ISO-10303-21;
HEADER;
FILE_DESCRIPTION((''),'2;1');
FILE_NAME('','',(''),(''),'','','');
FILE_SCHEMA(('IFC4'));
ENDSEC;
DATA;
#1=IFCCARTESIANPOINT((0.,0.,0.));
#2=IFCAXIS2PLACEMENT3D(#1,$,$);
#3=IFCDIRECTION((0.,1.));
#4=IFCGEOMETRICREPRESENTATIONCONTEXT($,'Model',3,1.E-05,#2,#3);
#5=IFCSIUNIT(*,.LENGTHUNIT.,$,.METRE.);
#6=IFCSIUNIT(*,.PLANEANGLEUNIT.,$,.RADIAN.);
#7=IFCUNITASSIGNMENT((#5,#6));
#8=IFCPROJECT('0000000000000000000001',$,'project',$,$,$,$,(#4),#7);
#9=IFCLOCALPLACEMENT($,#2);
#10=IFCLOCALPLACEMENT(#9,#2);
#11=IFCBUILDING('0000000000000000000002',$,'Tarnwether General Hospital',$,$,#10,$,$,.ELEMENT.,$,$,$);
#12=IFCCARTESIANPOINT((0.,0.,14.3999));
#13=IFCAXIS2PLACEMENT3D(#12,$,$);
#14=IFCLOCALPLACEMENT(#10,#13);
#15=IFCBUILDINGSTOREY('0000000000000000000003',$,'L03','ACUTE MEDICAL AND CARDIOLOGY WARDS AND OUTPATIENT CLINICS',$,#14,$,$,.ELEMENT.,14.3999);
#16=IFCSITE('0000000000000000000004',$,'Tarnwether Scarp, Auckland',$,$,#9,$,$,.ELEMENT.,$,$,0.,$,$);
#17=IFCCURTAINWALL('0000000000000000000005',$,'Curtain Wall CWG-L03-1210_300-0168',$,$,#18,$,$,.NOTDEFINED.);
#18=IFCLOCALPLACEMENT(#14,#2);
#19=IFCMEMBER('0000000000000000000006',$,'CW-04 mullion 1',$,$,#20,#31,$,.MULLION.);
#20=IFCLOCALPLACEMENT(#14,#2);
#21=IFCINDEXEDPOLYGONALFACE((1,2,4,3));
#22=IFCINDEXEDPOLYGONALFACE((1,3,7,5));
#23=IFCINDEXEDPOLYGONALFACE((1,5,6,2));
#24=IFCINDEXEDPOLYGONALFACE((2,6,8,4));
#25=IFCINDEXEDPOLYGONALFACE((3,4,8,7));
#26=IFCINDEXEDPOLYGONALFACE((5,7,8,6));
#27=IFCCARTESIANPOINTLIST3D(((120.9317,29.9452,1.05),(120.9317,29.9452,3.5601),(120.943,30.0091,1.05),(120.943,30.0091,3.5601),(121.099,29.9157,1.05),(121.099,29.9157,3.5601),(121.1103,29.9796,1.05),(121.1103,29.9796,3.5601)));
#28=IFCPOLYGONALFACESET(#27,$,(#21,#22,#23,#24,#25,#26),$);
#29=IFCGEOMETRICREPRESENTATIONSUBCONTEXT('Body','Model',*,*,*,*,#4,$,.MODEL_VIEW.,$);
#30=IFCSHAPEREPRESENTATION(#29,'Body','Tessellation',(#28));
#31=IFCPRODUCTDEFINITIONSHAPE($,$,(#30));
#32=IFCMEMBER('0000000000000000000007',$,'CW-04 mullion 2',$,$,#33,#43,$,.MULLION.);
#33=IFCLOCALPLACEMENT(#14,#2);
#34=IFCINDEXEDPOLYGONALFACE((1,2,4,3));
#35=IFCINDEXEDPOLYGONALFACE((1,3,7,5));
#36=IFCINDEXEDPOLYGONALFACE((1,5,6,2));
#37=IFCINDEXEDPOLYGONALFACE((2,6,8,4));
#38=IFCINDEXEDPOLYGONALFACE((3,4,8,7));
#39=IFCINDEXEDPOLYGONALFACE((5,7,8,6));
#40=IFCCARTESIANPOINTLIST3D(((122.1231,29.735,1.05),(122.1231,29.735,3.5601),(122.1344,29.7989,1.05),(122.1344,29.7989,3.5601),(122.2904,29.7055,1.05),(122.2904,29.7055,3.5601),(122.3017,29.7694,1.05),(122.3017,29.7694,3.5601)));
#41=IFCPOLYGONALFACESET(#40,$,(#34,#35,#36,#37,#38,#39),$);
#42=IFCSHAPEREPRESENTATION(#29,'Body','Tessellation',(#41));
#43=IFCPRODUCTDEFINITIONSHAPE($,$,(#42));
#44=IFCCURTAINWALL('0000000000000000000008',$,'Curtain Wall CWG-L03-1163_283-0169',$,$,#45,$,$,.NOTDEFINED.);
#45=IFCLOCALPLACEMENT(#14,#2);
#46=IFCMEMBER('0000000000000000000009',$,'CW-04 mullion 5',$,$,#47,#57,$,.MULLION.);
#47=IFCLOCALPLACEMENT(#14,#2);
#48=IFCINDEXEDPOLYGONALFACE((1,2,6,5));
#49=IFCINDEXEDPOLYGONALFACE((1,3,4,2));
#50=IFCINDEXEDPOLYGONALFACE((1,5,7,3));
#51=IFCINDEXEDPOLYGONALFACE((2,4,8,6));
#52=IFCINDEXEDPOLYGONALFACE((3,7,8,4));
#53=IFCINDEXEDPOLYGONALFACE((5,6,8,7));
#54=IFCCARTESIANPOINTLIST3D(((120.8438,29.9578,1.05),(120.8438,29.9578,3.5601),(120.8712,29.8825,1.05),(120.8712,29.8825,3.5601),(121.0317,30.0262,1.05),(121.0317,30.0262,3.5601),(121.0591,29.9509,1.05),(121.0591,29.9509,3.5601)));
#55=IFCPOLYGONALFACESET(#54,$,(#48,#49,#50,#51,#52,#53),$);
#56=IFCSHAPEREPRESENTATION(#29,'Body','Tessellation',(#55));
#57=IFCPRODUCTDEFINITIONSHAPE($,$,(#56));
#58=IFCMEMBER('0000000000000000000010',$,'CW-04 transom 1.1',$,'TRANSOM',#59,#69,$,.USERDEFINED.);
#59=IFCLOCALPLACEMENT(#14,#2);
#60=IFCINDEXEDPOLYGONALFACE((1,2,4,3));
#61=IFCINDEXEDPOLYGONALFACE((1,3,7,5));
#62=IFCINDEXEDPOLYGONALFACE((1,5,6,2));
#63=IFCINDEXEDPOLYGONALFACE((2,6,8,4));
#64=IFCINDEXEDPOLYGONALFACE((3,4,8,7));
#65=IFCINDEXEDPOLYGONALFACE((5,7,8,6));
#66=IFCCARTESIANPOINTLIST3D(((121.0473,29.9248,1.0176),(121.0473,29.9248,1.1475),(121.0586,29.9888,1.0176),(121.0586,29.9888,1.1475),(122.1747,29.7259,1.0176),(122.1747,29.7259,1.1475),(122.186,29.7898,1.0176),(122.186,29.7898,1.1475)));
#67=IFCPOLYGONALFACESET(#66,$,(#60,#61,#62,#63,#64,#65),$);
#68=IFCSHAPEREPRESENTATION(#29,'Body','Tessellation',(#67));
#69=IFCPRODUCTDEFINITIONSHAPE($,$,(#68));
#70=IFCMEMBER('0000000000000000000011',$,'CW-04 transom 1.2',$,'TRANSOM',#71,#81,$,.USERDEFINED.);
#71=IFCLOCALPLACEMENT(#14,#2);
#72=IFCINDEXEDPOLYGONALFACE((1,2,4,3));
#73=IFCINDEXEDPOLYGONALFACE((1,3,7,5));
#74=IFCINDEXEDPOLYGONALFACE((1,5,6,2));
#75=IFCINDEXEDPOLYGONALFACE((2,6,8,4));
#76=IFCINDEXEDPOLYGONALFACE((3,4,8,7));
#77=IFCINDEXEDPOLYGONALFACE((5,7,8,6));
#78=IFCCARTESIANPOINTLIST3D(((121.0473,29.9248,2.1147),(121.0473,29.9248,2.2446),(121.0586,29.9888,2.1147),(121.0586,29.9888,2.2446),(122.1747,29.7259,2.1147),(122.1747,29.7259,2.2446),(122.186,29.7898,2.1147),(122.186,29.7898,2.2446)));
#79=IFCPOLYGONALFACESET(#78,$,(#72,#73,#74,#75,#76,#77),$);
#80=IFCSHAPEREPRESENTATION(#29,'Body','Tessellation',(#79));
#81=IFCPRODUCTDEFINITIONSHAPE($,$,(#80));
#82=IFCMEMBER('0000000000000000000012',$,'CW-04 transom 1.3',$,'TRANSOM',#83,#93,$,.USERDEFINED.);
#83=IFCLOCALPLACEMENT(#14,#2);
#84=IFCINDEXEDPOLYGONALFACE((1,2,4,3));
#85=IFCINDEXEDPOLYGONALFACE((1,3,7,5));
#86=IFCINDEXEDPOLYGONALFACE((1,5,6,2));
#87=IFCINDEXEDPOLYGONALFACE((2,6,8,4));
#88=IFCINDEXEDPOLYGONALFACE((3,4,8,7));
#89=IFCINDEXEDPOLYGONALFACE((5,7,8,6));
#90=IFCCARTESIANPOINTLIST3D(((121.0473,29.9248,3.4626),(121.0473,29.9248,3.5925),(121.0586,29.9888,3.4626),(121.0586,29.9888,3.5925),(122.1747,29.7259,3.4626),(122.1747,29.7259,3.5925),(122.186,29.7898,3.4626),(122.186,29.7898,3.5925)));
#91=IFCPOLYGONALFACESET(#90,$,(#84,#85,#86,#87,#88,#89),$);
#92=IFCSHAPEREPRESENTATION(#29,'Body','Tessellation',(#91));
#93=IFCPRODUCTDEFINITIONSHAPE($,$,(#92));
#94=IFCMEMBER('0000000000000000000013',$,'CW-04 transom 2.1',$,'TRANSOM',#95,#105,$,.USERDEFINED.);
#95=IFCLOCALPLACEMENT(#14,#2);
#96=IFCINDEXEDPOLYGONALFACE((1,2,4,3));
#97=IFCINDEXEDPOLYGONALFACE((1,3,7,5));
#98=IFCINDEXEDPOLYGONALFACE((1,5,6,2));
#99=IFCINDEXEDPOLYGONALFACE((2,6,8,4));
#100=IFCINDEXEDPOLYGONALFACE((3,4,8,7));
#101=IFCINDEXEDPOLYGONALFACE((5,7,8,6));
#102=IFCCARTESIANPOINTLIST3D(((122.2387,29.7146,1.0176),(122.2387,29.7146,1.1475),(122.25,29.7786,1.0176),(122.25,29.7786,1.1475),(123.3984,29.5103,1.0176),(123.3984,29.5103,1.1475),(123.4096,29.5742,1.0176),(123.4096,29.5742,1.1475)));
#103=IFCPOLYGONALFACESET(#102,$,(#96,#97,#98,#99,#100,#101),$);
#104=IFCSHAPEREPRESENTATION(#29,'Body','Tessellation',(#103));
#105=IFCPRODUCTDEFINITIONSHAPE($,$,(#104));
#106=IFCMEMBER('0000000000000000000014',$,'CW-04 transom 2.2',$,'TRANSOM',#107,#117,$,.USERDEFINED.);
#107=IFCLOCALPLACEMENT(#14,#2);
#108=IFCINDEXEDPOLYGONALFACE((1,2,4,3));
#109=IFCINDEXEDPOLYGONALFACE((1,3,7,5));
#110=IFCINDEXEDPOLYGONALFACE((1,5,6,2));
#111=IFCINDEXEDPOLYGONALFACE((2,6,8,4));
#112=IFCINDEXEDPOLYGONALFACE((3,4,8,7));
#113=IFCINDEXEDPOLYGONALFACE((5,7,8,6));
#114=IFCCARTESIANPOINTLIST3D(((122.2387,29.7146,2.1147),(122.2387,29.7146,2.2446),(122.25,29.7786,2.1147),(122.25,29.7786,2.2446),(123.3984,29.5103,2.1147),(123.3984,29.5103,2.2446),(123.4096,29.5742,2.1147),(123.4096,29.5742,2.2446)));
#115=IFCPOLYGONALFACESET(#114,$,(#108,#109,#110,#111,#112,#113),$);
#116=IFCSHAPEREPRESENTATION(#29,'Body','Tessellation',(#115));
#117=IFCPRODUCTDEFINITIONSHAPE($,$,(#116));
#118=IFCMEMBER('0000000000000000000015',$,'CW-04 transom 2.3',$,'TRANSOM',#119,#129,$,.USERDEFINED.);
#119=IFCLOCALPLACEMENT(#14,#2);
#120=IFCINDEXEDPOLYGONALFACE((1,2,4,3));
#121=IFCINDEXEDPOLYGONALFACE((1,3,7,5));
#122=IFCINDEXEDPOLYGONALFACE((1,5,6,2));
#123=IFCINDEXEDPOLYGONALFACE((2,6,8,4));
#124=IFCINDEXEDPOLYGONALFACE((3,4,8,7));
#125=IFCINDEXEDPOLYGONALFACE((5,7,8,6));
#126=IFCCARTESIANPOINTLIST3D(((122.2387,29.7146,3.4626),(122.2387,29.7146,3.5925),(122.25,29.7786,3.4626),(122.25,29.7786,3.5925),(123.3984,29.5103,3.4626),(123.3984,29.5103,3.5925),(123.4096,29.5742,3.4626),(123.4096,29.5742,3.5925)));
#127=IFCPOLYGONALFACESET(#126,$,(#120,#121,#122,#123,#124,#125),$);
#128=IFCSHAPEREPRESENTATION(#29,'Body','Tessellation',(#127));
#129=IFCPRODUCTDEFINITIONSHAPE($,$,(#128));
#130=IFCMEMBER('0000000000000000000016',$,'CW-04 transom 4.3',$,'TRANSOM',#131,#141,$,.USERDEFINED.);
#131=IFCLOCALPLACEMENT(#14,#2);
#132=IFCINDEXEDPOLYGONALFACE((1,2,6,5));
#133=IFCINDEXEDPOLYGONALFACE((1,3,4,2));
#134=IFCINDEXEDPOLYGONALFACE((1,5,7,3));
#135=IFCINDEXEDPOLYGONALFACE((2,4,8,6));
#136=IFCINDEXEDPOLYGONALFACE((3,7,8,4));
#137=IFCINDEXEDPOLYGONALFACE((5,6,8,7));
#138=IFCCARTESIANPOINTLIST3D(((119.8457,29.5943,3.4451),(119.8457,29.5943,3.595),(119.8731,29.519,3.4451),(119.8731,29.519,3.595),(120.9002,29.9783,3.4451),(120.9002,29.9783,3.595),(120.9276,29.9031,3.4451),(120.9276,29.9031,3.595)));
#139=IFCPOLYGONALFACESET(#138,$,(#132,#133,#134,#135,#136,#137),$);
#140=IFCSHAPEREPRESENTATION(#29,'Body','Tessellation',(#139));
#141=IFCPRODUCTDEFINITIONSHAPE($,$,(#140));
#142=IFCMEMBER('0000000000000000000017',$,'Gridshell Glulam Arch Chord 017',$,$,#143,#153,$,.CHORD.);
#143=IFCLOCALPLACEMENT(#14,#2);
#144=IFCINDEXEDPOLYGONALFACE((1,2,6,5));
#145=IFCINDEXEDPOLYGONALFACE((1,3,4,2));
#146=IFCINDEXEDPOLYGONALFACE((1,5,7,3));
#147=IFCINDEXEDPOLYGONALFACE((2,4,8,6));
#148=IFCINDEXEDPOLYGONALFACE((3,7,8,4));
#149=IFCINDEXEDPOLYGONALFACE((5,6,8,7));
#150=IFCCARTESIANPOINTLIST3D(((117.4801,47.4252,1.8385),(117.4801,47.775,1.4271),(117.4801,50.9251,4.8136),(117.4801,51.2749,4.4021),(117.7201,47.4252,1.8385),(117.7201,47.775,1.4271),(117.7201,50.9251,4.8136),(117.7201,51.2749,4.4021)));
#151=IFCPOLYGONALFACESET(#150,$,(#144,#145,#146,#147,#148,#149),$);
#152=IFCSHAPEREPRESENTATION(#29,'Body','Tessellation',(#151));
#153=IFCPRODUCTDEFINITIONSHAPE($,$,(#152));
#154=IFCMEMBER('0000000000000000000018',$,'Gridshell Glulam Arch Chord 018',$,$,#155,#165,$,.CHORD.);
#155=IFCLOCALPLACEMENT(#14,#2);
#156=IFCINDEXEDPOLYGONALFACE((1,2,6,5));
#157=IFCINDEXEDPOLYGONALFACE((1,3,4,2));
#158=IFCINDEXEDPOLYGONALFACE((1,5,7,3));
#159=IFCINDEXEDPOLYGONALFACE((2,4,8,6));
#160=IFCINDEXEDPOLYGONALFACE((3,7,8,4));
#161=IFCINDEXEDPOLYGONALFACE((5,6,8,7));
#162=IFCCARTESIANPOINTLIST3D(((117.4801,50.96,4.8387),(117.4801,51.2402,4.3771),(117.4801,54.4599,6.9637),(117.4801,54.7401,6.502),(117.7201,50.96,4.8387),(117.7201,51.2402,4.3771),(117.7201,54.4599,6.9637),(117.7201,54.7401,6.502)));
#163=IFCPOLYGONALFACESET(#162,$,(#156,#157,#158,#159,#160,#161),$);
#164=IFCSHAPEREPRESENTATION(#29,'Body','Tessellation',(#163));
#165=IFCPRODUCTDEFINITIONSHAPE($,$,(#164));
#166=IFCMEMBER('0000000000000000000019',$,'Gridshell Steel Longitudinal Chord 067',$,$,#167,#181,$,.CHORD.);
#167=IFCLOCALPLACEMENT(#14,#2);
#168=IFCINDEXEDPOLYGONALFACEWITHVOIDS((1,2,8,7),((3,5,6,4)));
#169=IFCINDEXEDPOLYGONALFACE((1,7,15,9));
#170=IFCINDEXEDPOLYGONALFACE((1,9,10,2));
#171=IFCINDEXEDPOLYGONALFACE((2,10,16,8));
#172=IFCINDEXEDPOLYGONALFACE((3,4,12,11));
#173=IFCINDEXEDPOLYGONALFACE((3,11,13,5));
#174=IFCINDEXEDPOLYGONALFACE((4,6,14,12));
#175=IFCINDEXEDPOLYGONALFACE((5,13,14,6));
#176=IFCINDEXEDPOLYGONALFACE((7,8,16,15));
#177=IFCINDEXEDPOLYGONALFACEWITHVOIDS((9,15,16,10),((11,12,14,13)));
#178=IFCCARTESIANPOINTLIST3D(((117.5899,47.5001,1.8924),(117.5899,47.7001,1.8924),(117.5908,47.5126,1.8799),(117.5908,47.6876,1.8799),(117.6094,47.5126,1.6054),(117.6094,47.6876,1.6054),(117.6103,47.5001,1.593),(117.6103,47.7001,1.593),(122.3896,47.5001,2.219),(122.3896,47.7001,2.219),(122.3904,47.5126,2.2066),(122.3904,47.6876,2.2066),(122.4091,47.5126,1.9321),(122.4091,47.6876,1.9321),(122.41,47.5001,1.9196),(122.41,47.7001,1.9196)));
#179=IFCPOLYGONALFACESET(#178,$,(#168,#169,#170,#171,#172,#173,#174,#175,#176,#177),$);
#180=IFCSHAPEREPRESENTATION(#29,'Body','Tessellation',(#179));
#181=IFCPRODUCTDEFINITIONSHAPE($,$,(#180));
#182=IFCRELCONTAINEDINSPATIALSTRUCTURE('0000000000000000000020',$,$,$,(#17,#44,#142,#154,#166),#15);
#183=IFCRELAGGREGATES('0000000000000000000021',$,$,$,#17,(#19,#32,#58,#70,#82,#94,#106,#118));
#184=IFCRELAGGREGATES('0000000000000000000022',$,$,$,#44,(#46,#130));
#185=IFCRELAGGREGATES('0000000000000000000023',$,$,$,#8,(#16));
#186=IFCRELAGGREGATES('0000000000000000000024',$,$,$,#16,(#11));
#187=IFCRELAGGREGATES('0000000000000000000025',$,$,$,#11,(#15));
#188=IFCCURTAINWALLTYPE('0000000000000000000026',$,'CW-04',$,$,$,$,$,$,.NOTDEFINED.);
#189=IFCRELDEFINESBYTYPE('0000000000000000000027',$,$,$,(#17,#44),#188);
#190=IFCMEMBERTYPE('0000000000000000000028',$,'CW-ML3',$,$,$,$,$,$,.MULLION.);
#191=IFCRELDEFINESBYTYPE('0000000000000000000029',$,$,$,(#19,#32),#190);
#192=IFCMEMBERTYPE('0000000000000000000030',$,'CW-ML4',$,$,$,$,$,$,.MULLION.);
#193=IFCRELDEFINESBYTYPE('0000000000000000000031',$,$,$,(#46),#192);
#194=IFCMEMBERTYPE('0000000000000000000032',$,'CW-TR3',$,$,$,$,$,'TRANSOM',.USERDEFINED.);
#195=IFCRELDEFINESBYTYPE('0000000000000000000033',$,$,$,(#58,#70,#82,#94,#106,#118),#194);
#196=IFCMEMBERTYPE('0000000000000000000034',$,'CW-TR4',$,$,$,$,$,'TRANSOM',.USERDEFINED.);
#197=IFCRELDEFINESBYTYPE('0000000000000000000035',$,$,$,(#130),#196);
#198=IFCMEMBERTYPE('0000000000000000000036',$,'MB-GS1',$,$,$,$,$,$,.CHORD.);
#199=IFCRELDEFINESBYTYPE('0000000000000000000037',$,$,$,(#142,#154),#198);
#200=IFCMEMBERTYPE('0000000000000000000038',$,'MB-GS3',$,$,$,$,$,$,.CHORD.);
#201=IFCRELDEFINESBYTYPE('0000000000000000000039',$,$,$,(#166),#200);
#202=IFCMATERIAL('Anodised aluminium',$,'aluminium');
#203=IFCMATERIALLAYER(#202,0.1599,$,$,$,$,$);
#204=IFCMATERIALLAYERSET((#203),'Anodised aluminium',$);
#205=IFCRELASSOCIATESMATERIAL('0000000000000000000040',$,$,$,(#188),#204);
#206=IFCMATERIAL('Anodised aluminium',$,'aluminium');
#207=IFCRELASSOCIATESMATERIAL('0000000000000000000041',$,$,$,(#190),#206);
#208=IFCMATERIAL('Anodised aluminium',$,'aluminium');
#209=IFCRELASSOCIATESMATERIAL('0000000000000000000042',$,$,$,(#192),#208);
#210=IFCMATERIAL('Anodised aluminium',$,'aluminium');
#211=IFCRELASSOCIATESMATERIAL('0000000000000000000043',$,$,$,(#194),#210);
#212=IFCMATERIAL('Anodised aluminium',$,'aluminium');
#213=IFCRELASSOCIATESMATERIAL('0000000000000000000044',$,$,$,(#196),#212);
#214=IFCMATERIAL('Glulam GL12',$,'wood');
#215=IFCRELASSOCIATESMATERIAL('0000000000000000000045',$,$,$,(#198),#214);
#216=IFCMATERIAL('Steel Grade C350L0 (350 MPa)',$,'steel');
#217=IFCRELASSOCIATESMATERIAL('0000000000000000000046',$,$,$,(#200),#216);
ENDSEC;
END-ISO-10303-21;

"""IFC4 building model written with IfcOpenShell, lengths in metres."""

from ifc_helpers import new_model, si_unit, direction, frame, origin, origin_2d, place, context, subcontext, project, spatial, rectangle, hollow_rectangle, extrude, material, layer, layer_set, material_profile, profile_set, type_object, element, aggregate, save


model = new_model("IFC4")

# Units and contexts
model_context = context("Model", 3, precision=1e-05, world=origin(), true_north=direction((0.0, 1.0)))
body_context = subcontext(model_context, "Body", "Model", "MODEL_VIEW")
ifc_project = project(units=[si_unit("LENGTHUNIT", "METRE"), si_unit("PLANEANGLEUNIT", "RADIAN")], contexts=[model_context])

# Site, building, storey
site_placement = place(None, origin())
site = spatial("IfcSite", under=ifc_project, at=site_placement, Name="Tarnwether Scarp, Auckland", CompositionType="ELEMENT", RefElevation=0.0)
building_placement = place(site_placement, origin())
building = spatial("IfcBuilding", under=site, at=building_placement, Name="Tarnwether General Hospital", CompositionType="ELEMENT")
storey_placement = place(building_placement, frame((0.0, 0.0, 14.3999)))
storey = spatial("IfcBuildingStorey", under=building, at=storey_placement, Name="L03", Description="ACUTE MEDICAL AND CARDIOLOGY WARDS AND OUTPATIENT CLINICS", CompositionType="ELEMENT", Elevation=14.3999)

# Curtain wall, members
ifc_material_1 = material(Name="Anodised aluminium", Category="aluminium")
ifc_layer_1 = layer(ifc_material_1, 0.1599)
ifc_layer_set_1 = layer_set([ifc_layer_1], Name="Anodised aluminium")
curtain_wall_type = type_object("IfcCurtainWallType", Name="CW-04", PredefinedType="NOTDEFINED", material=ifc_layer_set_1)
curtain_wall_1_placement = place(storey_placement, origin())
curtain_wall_1 = element("IfcCurtainWall", 1, at=curtain_wall_1_placement, inside=storey, type_object=curtain_wall_type, Name="Curtain Wall CWG-L03-1210_300-0168", PredefinedType="NOTDEFINED")
ifc_material_2 = material(Name="Anodised aluminium", Category="aluminium")
ifc_material_profile_1 = material_profile(ifc_material_2, rectangle(XDim=0.0649, YDim=0.1699, at=origin_2d()), Name="ALU-MUL-65x170")
ifc_profile_set_1 = profile_set([ifc_material_profile_1], Name="Anodised aluminium")
member_type_1 = type_object("IfcMemberType", Name="CW-ML3", PredefinedType="MULLION", material=ifc_profile_set_1)
member_1_placement = place(storey_placement, frame((121.021, 29.9624, 1.05), z_axis=(0.0, 0.0, 1.0), x_axis=(0.173659, 0.984806, 0.0)))
member_1 = element("IfcMember", 2, at=member_1_placement, type_object=member_type_1, Name="CW-04 mullion 1", PredefinedType="MULLION", context=body_context, shape_type="SweptSolid", body=[
    extrude(rectangle(XDim=0.0649, YDim=0.1699, at=origin_2d()), origin(), (0.0, 0.0, 1.0), 2.51),
])
member_2_placement = place(storey_placement, frame((122.2124, 29.7522, 1.05), z_axis=(0.0, 0.0, 1.0), x_axis=(0.173659, 0.984806, 0.0)))
member_2 = element("IfcMember", 3, at=member_2_placement, type_object=member_type_1, Name="CW-04 mullion 2", PredefinedType="MULLION", context=body_context, shape_type="SweptSolid", body=[
    extrude(rectangle(XDim=0.0649, YDim=0.1699, at=origin_2d()), origin(), (0.0, 0.0, 1.0), 2.51),
])

# Curtain wall, member
curtain_wall_2_placement = place(storey_placement, origin())
curtain_wall_2 = element("IfcCurtainWall", 4, at=curtain_wall_2_placement, inside=storey, type_object=curtain_wall_type, Name="Curtain Wall CWG-L03-1163_283-0169", PredefinedType="NOTDEFINED")
ifc_material_3 = material(Name="Anodised aluminium", Category="aluminium")
ifc_material_profile_2 = material_profile(ifc_material_3, rectangle(XDim=0.0801, YDim=0.2, at=origin_2d()), Name="ALU-MUL-80x200")
ifc_profile_set_2 = profile_set([ifc_material_profile_2], Name="Anodised aluminium")
member_type_2 = type_object("IfcMemberType", Name="CW-ML4", PredefinedType="MULLION", material=ifc_profile_set_2)
member_3_placement = place(storey_placement, frame((120.9514, 29.9543, 1.05), z_axis=(0.0, 0.0, 1.0), x_axis=(-0.342131, 0.939652, 0.0)))
member_3 = element("IfcMember", 5, at=member_3_placement, type_object=member_type_2, Name="CW-04 mullion 5", PredefinedType="MULLION", context=body_context, shape_type="SweptSolid", body=[
    extrude(rectangle(XDim=0.0801, YDim=0.2, at=origin_2d()), origin(), (0.0, 0.0, 1.0), 2.51),
])

# Members
ifc_material_4 = material(Name="Anodised aluminium", Category="aluminium")
ifc_material_profile_3 = material_profile(ifc_material_4, rectangle(XDim=0.0649, YDim=0.1299, at=origin_2d()), Name="ALU-TRN-65x130")
ifc_profile_set_3 = profile_set([ifc_material_profile_3], Name="Anodised aluminium")
member_type_3 = type_object("IfcMemberType", Name="CW-TR3", ElementType="TRANSOM", PredefinedType="USERDEFINED", material=ifc_profile_set_3)
member_4_placement = place(storey_placement, frame((121.053, 29.9568, 1.0825), z_axis=(0.984781, -0.173797, 0.0), x_axis=(0.173797, 0.984781, 0.0)))
member_4 = element("IfcMember", 6, at=member_4_placement, type_object=member_type_3, Name="CW-04 transom 1.1", ObjectType="TRANSOM", PredefinedType="USERDEFINED", context=body_context, shape_type="SweptSolid", body=[
    extrude(rectangle(XDim=0.0649, YDim=0.1299, at=origin_2d()), origin(), (0.0, 0.0, 1.0), 1.1448),
])
member_5_placement = place(storey_placement, frame((121.053, 29.9568, 2.1797), z_axis=(0.984781, -0.173797, 0.0), x_axis=(0.173797, 0.984781, 0.0)))
member_5 = element("IfcMember", 7, at=member_5_placement, type_object=member_type_3, Name="CW-04 transom 1.2", ObjectType="TRANSOM", PredefinedType="USERDEFINED", context=body_context, shape_type="SweptSolid", body=[
    extrude(rectangle(XDim=0.0649, YDim=0.1299, at=origin_2d()), origin(), (0.0, 0.0, 1.0), 1.1448),
])
member_6_placement = place(storey_placement, frame((121.053, 29.9568, 3.5276), z_axis=(0.984781, -0.173797, 0.0), x_axis=(0.173797, 0.984781, 0.0)))
member_6 = element("IfcMember", 8, at=member_6_placement, type_object=member_type_3, Name="CW-04 transom 1.3", ObjectType="TRANSOM", PredefinedType="USERDEFINED", context=body_context, shape_type="SweptSolid", body=[
    extrude(rectangle(XDim=0.0649, YDim=0.1299, at=origin_2d()), origin(), (0.0, 0.0, 1.0), 1.1448),
])
member_7_placement = place(storey_placement, frame((122.2444, 29.7466, 1.0825), z_axis=(0.984827, -0.173537, 0.0), x_axis=(0.173537, 0.984827, 0.0)))
member_7 = element("IfcMember", 9, at=member_7_placement, type_object=member_type_3, Name="CW-04 transom 2.1", ObjectType="TRANSOM", PredefinedType="USERDEFINED", context=body_context, shape_type="SweptSolid", body=[
    extrude(rectangle(XDim=0.0649, YDim=0.1299, at=origin_2d()), origin(), (0.0, 0.0, 1.0), 1.1775),
])
member_8_placement = place(storey_placement, frame((122.2444, 29.7466, 2.1797), z_axis=(0.984827, -0.173537, 0.0), x_axis=(0.173537, 0.984827, 0.0)))
member_8 = element("IfcMember", 10, at=member_8_placement, type_object=member_type_3, Name="CW-04 transom 2.2", ObjectType="TRANSOM", PredefinedType="USERDEFINED", context=body_context, shape_type="SweptSolid", body=[
    extrude(rectangle(XDim=0.0649, YDim=0.1299, at=origin_2d()), origin(), (0.0, 0.0, 1.0), 1.1775),
])
member_9_placement = place(storey_placement, frame((122.2444, 29.7466, 3.5276), z_axis=(0.984827, -0.173537, 0.0), x_axis=(0.173537, 0.984827, 0.0)))
member_9 = element("IfcMember", 11, at=member_9_placement, type_object=member_type_3, Name="CW-04 transom 2.3", ObjectType="TRANSOM", PredefinedType="USERDEFINED", context=body_context, shape_type="SweptSolid", body=[
    extrude(rectangle(XDim=0.0649, YDim=0.1299, at=origin_2d()), origin(), (0.0, 0.0, 1.0), 1.1775),
])
ifc_material_5 = material(Name="Anodised aluminium", Category="aluminium")
ifc_material_profile_4 = material_profile(ifc_material_5, rectangle(XDim=0.0801, YDim=0.1499, at=origin_2d()), Name="ALU-TRN-80x150")
ifc_profile_set_4 = profile_set([ifc_material_profile_4], Name="Anodised aluminium")
member_type_4 = type_object("IfcMemberType", Name="CW-TR4", ElementType="TRANSOM", PredefinedType="USERDEFINED", material=ifc_profile_set_4)
member_10_placement = place(storey_placement, frame((119.8594, 29.5566, 3.52), z_axis=(0.939622, 0.342215, 0.0), x_axis=(-0.342215, 0.939622, 0.0)))
member_10 = element("IfcMember", 12, at=member_10_placement, type_object=member_type_4, Name="CW-04 transom 4.3", ObjectType="TRANSOM", PredefinedType="USERDEFINED", context=body_context, shape_type="SweptSolid", body=[
    extrude(rectangle(XDim=0.0801, YDim=0.1499, at=origin_2d()), origin(), (0.0, 0.0, 1.0), 1.1223),
])

# Members
ifc_material_6 = material(Name="Glulam GL12", Category="wood")
ifc_material_profile_5 = material_profile(ifc_material_6, rectangle(XDim=0.24, YDim=0.54, at=origin_2d()), Name="GL12-240x540")
ifc_profile_set_5 = profile_set([ifc_material_profile_5], Name="Glulam GL12")
member_type_5 = type_object("IfcMemberType", Name="MB-GS1", PredefinedType="CHORD", material=ifc_profile_set_5)
member_11_placement = place(storey_placement, frame((117.6001, 47.6001, 1.6328), z_axis=(0.0, 0.761929, 0.647661), x_axis=(-1.0, 0.0, 0.0)))
element("IfcMember", 13, at=member_11_placement, inside=storey, type_object=member_type_5, Name="Gridshell Glulam Arch Chord 017", PredefinedType="CHORD", context=body_context, shape_type="SweptSolid", body=[
    extrude(rectangle(XDim=0.24, YDim=0.54, at=origin_2d()), origin(), (0.0, 0.0, 1.0), 4.5935),
])
member_12_placement = place(storey_placement, frame((117.6001, 51.1001, 4.6079), z_axis=(0.0, 0.854788, 0.518978), x_axis=(-1.0, 0.0, 0.0)))
element("IfcMember", 14, at=member_12_placement, inside=storey, type_object=member_type_5, Name="Gridshell Glulam Arch Chord 018", PredefinedType="CHORD", context=body_context, shape_type="SweptSolid", body=[
    extrude(rectangle(XDim=0.24, YDim=0.54, at=origin_2d()), origin(), (0.0, 0.0, 1.0), 4.0945),
])
ifc_material_7 = material(Name="Steel Grade C350L0 (350 MPa)", Category="steel")
ifc_material_profile_6 = material_profile(ifc_material_7, hollow_rectangle(XDim=0.2, YDim=0.3, WallThickness=0.0125, at=origin_2d()), Name="RHS300x200x12.5")
ifc_profile_set_6 = profile_set([ifc_material_profile_6], Name="Steel Grade C350L0 (350 MPa)")
member_type_6 = type_object("IfcMemberType", Name="MB-GS3", PredefinedType="CHORD", material=ifc_profile_set_6)
member_13_placement = place(storey_placement, frame((117.6001, 47.6001, 1.7427), z_axis=(0.997692, 0.0, 0.0679), x_axis=(0.0, 1.0, 0.0)))
element("IfcMember", 15, at=member_13_placement, inside=storey, type_object=member_type_6, Name="Gridshell Steel Longitudinal Chord 067", PredefinedType="CHORD", context=body_context, shape_type="SweptSolid", body=[
    extrude(hollow_rectangle(XDim=0.2, YDim=0.3, WallThickness=0.0125, at=origin_2d()), origin(), (0.0, 0.0, 1.0), 4.8108),
])

aggregate(curtain_wall_1, [member_1, member_2, member_4, member_5, member_6, member_7, member_8, member_9])
aggregate(curtain_wall_2, [member_3, member_10])

save(model, "model.ifc")
